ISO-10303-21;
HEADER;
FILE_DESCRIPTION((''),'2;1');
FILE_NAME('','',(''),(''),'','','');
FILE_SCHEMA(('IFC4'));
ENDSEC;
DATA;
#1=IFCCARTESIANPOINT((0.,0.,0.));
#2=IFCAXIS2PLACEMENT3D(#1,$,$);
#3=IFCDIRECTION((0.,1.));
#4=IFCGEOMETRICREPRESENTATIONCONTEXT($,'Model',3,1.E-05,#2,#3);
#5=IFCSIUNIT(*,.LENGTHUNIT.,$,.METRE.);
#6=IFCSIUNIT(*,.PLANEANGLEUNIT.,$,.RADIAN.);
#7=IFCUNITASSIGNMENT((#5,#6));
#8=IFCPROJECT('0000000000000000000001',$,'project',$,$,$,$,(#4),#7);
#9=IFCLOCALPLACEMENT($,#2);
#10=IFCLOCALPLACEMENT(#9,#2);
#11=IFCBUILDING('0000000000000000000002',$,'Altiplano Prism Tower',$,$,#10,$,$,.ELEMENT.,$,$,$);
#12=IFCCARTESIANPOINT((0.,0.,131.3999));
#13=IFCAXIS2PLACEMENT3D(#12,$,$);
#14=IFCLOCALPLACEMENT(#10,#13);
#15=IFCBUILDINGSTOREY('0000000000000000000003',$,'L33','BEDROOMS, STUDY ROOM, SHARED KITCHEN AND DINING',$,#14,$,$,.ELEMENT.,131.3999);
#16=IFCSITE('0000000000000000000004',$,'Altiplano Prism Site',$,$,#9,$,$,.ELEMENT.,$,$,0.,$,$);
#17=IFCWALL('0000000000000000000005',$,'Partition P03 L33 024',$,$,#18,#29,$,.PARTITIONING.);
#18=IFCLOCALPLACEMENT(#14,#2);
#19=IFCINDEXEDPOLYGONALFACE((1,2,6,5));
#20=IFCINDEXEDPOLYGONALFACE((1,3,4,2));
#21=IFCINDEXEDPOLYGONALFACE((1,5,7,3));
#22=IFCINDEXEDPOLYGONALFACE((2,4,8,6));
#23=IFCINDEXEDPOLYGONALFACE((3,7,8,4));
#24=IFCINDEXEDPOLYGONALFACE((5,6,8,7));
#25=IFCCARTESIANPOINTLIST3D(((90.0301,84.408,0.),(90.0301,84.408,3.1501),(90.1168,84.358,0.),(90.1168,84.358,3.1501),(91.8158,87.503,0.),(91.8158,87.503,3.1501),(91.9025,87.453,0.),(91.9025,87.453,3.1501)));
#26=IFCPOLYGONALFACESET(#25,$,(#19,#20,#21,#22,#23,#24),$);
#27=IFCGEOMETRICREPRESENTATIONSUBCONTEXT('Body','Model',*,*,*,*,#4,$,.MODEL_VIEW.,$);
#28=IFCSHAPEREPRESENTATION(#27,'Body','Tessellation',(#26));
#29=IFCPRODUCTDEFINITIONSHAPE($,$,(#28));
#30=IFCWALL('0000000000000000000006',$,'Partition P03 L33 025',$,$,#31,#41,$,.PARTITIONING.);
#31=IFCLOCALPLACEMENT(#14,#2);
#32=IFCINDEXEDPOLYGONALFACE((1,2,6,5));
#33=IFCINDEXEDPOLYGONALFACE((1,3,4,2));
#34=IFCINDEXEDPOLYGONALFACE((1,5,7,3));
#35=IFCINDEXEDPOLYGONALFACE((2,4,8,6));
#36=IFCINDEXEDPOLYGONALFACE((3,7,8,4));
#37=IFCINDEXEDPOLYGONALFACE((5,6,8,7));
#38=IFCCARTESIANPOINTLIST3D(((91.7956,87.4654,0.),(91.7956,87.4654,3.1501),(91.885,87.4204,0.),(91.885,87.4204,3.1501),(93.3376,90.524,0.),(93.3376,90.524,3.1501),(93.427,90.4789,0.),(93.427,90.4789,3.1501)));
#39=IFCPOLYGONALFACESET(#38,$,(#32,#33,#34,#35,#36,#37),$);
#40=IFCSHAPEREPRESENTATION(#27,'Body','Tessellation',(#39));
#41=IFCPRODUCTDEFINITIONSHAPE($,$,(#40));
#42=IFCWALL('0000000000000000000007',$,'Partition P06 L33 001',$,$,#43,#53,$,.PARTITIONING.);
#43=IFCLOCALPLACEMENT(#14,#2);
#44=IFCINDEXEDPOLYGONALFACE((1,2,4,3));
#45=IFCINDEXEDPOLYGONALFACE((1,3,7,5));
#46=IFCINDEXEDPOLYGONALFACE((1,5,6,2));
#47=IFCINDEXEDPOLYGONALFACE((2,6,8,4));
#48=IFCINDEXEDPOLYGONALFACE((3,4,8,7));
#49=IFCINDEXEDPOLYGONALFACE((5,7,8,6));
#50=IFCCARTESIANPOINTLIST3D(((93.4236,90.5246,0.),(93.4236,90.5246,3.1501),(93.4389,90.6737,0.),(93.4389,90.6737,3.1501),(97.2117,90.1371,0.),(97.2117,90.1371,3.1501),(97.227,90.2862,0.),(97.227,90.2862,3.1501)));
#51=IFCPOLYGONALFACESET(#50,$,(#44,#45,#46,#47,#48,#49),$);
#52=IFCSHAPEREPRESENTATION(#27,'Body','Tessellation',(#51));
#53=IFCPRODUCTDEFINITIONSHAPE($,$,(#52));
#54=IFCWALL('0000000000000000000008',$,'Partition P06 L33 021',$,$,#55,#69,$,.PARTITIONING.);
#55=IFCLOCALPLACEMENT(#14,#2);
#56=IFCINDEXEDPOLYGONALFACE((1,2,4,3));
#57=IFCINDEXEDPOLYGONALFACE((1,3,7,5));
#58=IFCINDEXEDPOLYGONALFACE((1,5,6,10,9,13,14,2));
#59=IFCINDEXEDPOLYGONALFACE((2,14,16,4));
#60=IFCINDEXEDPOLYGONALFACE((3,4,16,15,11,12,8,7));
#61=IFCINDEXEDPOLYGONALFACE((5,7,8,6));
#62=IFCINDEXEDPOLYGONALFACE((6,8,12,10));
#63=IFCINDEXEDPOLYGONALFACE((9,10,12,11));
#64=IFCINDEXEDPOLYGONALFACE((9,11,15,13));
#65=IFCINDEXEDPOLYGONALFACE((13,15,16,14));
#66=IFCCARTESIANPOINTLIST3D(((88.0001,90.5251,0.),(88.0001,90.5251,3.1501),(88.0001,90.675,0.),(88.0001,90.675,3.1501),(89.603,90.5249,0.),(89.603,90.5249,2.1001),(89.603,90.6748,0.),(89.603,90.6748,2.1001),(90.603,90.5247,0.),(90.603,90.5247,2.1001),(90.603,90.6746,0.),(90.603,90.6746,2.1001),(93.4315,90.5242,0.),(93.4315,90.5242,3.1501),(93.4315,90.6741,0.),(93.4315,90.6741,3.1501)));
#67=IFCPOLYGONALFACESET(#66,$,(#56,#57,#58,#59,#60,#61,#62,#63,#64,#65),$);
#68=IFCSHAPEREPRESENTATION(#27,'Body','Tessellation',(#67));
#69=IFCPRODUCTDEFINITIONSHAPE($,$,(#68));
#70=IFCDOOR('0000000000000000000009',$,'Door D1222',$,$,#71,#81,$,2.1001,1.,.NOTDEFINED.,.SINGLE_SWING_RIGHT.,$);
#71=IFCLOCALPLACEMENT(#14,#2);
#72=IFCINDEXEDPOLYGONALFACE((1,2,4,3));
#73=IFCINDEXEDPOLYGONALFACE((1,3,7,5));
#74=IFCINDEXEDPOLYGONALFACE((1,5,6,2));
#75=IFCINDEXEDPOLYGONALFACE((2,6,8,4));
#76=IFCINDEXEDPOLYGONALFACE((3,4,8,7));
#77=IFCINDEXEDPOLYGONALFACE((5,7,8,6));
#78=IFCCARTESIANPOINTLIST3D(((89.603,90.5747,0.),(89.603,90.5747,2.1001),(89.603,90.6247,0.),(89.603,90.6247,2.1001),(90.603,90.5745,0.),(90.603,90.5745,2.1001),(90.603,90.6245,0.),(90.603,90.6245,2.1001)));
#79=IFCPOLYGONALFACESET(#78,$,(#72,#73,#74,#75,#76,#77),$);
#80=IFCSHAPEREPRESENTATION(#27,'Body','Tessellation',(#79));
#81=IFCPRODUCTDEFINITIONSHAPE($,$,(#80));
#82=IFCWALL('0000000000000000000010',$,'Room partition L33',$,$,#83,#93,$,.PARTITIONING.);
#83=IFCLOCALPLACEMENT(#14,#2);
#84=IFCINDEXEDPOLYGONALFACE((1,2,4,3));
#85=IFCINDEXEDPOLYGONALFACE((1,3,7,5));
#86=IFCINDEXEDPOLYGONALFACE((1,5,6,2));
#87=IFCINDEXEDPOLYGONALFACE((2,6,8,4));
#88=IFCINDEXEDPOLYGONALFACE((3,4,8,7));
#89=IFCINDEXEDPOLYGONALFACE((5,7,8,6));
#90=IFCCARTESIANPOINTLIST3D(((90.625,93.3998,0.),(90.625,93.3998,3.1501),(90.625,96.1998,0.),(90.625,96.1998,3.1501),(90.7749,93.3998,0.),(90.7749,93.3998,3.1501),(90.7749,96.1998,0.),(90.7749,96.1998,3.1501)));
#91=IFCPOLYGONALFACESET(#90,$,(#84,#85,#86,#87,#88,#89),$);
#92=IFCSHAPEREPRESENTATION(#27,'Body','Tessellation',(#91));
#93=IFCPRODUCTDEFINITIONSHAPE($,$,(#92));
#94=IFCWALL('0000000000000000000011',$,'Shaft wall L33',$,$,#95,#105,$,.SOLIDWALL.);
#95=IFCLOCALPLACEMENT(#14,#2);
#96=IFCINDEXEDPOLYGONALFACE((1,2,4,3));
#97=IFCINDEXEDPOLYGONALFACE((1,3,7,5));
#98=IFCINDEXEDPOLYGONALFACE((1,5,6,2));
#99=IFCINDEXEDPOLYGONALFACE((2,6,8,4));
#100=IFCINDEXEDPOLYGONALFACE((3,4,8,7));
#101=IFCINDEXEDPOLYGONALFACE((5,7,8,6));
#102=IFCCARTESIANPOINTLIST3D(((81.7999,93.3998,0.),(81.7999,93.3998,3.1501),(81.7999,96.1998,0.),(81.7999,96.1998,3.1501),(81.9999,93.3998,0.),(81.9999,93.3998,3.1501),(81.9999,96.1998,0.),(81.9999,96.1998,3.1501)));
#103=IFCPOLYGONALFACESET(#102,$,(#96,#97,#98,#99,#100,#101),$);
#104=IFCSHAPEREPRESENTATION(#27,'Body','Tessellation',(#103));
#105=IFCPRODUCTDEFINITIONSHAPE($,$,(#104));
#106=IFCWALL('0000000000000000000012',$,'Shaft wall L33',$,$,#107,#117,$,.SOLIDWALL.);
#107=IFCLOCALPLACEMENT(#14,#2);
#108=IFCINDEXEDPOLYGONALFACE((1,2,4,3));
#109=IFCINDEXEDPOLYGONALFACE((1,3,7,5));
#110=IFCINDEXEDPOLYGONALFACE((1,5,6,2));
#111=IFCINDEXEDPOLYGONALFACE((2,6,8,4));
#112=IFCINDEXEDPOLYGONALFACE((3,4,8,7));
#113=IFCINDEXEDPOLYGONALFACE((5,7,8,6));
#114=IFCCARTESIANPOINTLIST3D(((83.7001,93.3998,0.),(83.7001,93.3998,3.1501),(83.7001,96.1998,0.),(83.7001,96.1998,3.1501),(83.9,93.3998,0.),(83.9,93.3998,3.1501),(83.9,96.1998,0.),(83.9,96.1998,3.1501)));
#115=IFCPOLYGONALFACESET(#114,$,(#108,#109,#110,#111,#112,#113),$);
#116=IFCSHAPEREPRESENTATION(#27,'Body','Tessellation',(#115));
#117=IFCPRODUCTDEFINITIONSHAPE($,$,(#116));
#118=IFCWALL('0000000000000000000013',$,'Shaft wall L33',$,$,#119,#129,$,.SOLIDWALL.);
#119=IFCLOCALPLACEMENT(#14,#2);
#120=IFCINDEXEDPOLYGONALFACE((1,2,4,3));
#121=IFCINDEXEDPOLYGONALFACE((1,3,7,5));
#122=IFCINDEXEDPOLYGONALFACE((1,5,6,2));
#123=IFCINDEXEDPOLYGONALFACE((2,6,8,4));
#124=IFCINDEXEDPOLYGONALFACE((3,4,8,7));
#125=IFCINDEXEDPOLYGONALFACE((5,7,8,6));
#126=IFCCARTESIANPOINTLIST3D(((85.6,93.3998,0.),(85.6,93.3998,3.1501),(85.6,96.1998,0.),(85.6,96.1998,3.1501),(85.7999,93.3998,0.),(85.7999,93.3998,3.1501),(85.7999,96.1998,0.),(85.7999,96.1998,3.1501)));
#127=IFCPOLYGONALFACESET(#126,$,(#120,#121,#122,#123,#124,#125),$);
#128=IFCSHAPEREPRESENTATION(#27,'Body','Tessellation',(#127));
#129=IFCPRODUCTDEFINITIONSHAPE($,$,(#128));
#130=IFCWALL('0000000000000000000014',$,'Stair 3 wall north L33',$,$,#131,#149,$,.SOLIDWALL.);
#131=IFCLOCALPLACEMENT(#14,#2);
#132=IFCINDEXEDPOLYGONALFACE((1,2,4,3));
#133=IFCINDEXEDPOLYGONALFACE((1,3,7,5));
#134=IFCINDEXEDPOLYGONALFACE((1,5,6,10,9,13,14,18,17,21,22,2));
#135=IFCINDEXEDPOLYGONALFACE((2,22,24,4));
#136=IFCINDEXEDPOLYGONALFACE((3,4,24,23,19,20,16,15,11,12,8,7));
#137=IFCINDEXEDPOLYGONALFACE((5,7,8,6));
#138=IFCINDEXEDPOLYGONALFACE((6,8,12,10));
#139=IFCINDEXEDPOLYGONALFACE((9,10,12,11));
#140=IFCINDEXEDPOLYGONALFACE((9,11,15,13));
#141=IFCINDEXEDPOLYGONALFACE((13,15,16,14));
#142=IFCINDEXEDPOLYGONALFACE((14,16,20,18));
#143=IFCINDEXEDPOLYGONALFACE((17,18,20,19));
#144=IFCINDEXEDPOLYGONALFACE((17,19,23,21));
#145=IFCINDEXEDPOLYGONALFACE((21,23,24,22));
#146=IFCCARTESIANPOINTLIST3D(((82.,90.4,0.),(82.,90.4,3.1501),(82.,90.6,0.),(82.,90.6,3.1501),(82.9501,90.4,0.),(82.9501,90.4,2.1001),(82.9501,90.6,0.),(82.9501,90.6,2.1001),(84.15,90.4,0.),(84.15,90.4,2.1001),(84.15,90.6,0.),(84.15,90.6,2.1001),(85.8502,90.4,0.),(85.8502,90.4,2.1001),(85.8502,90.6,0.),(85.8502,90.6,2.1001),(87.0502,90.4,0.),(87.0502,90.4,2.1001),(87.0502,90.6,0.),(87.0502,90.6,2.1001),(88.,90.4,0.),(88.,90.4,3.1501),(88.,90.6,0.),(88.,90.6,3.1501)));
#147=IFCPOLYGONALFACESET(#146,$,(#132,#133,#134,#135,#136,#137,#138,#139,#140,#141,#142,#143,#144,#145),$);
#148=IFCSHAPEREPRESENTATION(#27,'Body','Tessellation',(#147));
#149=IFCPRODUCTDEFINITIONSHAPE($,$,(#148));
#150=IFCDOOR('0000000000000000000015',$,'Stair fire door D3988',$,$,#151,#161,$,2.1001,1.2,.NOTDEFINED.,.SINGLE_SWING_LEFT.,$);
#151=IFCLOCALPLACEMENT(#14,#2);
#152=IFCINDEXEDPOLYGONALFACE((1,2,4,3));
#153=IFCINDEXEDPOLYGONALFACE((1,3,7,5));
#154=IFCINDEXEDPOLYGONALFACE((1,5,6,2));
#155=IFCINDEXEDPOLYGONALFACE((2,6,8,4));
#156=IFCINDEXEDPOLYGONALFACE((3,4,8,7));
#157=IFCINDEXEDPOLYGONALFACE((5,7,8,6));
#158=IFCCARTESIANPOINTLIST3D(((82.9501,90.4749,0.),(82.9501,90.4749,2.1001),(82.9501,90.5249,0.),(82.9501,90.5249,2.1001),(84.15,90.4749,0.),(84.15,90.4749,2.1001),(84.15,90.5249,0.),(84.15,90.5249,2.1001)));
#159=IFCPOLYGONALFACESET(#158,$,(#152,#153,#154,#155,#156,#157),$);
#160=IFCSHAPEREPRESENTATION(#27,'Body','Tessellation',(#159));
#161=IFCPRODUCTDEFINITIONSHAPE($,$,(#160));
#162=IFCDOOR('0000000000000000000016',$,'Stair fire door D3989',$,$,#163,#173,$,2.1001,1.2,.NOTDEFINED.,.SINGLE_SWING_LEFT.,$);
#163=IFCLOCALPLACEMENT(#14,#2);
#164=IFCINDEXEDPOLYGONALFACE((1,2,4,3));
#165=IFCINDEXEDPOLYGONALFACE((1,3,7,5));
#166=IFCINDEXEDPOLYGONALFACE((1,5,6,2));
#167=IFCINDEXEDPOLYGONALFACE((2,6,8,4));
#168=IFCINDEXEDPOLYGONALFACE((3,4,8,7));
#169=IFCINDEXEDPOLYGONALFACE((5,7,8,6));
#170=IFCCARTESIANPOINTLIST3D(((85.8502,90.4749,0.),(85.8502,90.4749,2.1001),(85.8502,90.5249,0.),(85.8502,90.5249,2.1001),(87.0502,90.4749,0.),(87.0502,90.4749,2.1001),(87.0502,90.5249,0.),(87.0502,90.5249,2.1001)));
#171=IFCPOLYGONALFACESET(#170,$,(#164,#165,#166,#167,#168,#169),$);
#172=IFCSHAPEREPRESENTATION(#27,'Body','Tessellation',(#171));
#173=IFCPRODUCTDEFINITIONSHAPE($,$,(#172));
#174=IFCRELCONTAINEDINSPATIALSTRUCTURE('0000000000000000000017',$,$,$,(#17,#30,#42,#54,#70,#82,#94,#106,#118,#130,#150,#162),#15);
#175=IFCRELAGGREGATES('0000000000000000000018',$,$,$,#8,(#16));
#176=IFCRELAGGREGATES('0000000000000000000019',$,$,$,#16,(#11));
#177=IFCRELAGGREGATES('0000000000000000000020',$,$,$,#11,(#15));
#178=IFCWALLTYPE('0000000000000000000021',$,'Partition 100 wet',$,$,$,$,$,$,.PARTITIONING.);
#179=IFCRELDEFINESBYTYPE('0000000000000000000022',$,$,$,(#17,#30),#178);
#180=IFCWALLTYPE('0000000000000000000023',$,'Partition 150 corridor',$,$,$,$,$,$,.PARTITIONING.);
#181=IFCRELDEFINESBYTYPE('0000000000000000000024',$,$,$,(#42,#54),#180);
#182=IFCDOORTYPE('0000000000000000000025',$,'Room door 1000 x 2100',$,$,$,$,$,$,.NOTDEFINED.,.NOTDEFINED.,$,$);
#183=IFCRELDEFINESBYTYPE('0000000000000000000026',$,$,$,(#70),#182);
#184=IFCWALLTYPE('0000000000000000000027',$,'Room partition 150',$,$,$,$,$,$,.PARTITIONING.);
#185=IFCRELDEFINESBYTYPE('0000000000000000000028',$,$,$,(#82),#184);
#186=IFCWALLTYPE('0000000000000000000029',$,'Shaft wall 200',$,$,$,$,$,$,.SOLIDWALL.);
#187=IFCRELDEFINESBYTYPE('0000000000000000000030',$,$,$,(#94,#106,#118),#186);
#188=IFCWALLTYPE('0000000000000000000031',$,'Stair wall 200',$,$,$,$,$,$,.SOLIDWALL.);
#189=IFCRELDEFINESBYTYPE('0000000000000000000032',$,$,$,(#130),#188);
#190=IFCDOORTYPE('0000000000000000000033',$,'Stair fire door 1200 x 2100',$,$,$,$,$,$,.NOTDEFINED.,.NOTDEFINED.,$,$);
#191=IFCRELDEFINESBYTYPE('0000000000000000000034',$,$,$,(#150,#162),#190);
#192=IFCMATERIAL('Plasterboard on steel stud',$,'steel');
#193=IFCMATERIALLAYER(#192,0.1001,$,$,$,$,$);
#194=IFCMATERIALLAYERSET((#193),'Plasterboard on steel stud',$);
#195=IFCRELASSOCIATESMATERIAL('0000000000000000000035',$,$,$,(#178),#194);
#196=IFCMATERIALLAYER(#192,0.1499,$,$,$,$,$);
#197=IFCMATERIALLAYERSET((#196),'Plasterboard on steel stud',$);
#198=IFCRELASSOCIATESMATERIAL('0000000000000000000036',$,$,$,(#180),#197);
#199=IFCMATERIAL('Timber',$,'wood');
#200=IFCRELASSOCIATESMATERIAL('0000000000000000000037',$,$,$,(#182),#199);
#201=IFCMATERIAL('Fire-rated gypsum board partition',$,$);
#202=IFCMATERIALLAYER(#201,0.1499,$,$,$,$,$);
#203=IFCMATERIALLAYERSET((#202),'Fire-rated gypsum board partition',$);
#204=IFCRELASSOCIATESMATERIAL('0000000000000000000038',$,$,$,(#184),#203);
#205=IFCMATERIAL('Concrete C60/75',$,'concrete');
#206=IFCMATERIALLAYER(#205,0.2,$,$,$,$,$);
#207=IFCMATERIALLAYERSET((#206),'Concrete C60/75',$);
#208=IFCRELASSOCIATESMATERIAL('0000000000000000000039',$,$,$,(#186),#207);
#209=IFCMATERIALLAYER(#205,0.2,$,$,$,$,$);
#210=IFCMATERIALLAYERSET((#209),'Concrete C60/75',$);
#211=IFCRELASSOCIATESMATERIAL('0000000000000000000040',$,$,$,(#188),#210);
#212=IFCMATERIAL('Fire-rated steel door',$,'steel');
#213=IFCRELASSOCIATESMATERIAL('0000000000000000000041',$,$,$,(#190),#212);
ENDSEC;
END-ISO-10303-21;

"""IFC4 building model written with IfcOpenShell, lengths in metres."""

from ifc_helpers import new_model, si_unit, direction, frame, frame_2d, origin, place, context, subcontext, project, spatial, rectangle, extrude, material, layer, layer_set, type_object, element, fill, save


model = new_model("IFC4")

# Units and contexts
model_context = context("Model", 3, precision=1e-05, world=origin(), true_north=direction((0.0, 1.0)))
body_context = subcontext(model_context, "Body", "Model", "MODEL_VIEW")
ifc_project = project(units=[si_unit("LENGTHUNIT", "METRE"), si_unit("PLANEANGLEUNIT", "RADIAN")], contexts=[model_context])

# Site, building, storey
site_placement = place(None, origin())
site = spatial("IfcSite", under=ifc_project, at=site_placement, Name="Altiplano Prism Site", CompositionType="ELEMENT", RefElevation=0.0)
building_placement = place(site_placement, origin())
building = spatial("IfcBuilding", under=site, at=building_placement, Name="Altiplano Prism Tower", CompositionType="ELEMENT")
storey_placement = place(building_placement, frame((0.0, 0.0, 131.3999)))
storey = spatial("IfcBuildingStorey", under=building, at=storey_placement, Name="L33", Description="BEDROOMS, STUDY ROOM, SHARED KITCHEN AND DINING", CompositionType="ELEMENT", Elevation=131.3999)

# Walls
ifc_material_1 = material(Name="Plasterboard on steel stud", Category="steel")
ifc_layer_1 = layer(ifc_material_1, 0.1001)
ifc_layer_set_1 = layer_set([ifc_layer_1], Name="Plasterboard on steel stud")
wall_type_1 = type_object("IfcWallType", Name="Partition 100 wet", PredefinedType="PARTITIONING", material=ifc_layer_set_1)
wall_1_placement = place(storey_placement, frame((91.8591, 87.478, 0.0), z_axis=(0.0, 0.0, 1.0), x_axis=(-0.49974, -0.866175, 0.0)))
element("IfcWall", 1, at=wall_1_placement, inside=storey, type_object=wall_type_1, Name="Partition P03 L33 024", PredefinedType="PARTITIONING", context=body_context, shape_type="SweptSolid", body=[
    extrude(rectangle(XDim=3.5732, YDim=0.1001, at=frame_2d((1.7866, 0.0))), origin(), (0.0, 0.0, 1.0), 3.1501),
])
wall_2_placement = place(storey_placement, frame((93.3823, 90.5015, 0.0), z_axis=(0.0, 0.0, 1.0), x_axis=(-0.450176, -0.89294, 0.0)))
element("IfcWall", 2, at=wall_2_placement, inside=storey, type_object=wall_type_1, Name="Partition P03 L33 025", PredefinedType="PARTITIONING", context=body_context, shape_type="SweptSolid", body=[
    extrude(rectangle(XDim=3.4253, YDim=0.1001, at=frame_2d((1.7126, 0.0))), origin(), (0.0, 0.0, 1.0), 3.1501),
])
ifc_layer_2 = layer(ifc_material_1, 0.1499)
ifc_layer_set_2 = layer_set([ifc_layer_2], Name="Plasterboard on steel stud")
wall_type_2 = type_object("IfcWallType", Name="Partition 150 corridor", PredefinedType="PARTITIONING", material=ifc_layer_set_2)
wall_3_placement = place(storey_placement, frame((93.4314, 90.5991, 0.0), z_axis=(0.0, 0.0, 1.0), x_axis=(0.99481, -0.101751, 0.0)))
element("IfcWall", 3, at=wall_3_placement, inside=storey, type_object=wall_type_2, Name="Partition P06 L33 001", PredefinedType="PARTITIONING", context=body_context, shape_type="SweptSolid", body=[
    extrude(rectangle(XDim=3.8079, YDim=0.1499, at=frame_2d((1.9038, 0.0))), origin(), (0.0, 0.0, 1.0), 3.1501),
])

# Wall, opening, door
wall_4_placement = place(storey_placement, frame((88.0, 90.6001, 0.0), z_axis=(0.0, 0.0, 1.0), x_axis=(1.0, -0.00018, 0.0)))
wall_4 = element("IfcWall", 4, at=wall_4_placement, inside=storey, type_object=wall_type_2, Name="Partition P06 L33 021", PredefinedType="PARTITIONING", context=body_context, shape_type="SweptSolid", body=[
    extrude(rectangle(XDim=5.4314, YDim=0.1499, at=frame_2d((2.7158, 0.0))), origin(), (0.0, 0.0, 1.0), 3.1501),
])
opening_1_placement = place(wall_4_placement, frame((1.603, 0.0, 0.0)))
opening_1 = element("IfcOpeningElement", 5, at=opening_1_placement, cuts=wall_4, PredefinedType="OPENING", context=body_context, shape_type="SweptSolid", body=[
    extrude(rectangle(XDim=1.0, YDim=2.1001, at=frame_2d((0.5, 1.05))), frame((0.0, 0.0854, 0.0), z_axis=(0.0, -1.0, 0.0), x_axis=(1.0, 0.0, 0.0)), (0.0, 0.0, 1.0), 0.1709),
])
ifc_material_2 = material(Name="Timber", Category="wood")
door_type_1 = type_object("IfcDoorType", Name="Room door 1000 x 2100", OperationType="NOTDEFINED", PredefinedType="NOTDEFINED", material=ifc_material_2)
door_1_placement = place(opening_1_placement, origin())
door_1 = element("IfcDoor", 6, at=door_1_placement, inside=storey, type_object=door_type_1, Name="Door D1222", OperationType="SINGLE_SWING_RIGHT", OverallHeight=2.1001, OverallWidth=1.0, PredefinedType="NOTDEFINED", context=body_context, shape_type="SweptSolid", body=[
    extrude(rectangle(XDim=1.0, YDim=2.1001, at=frame_2d((0.5, 1.05))), frame((0.0, 0.0249, 0.0), z_axis=(0.0, -1.0, 0.0), x_axis=(1.0, 0.0, 0.0)), (0.0, 0.0, 1.0), 0.05),
])
fill(opening_1, door_1)

# Walls
ifc_material_3 = material(Name="Fire-rated gypsum board partition")
ifc_layer_3 = layer(ifc_material_3, 0.1499)
ifc_layer_set_3 = layer_set([ifc_layer_3], Name="Fire-rated gypsum board partition")
wall_type_3 = type_object("IfcWallType", Name="Room partition 150", PredefinedType="PARTITIONING", material=ifc_layer_set_3)
wall_5_placement = place(storey_placement, frame((90.7, 93.3999, 0.0), z_axis=(0.0, 0.0, 1.0), x_axis=(0.0, 1.0, 0.0)))
element("IfcWall", 7, at=wall_5_placement, inside=storey, type_object=wall_type_3, Name="Room partition L33", PredefinedType="PARTITIONING", context=body_context, shape_type="SweptSolid", body=[
    extrude(rectangle(XDim=2.8, YDim=0.1499, at=frame_2d((1.3999, 0.0))), origin(), (0.0, 0.0, 1.0), 3.1501),
])
ifc_material_4 = material(Name="Concrete C60/75", Category="concrete")
ifc_layer_4 = layer(ifc_material_4, 0.2)
ifc_layer_set_4 = layer_set([ifc_layer_4], Name="Concrete C60/75")
wall_type_4 = type_object("IfcWallType", Name="Shaft wall 200", PredefinedType="SOLIDWALL", material=ifc_layer_set_4)
for number, where, z_axis, x_axis, name in (
    (8, (81.8999, 93.3999, 0.0), (0.0, 0.0, 1.0), (0.0, 1.0, 0.0), "Shaft wall L33"),
    (9, (83.8, 93.3999, 0.0), (0.0, 0.0, 1.0), (0.0, 1.0, 0.0), "Shaft wall L33"),
    (10, (85.7, 93.3999, 0.0), (0.0, 0.0, 1.0), (0.0, 1.0, 0.0), "Shaft wall L33"),
):
    element("IfcWall", number, at=place(storey_placement, frame(where, z_axis=z_axis, x_axis=x_axis)), inside=storey, type_object=wall_type_4, Name=name, PredefinedType="SOLIDWALL", context=body_context, shape_type="SweptSolid", body=[
        extrude(rectangle(XDim=2.8, YDim=0.2, at=frame_2d((1.3999, 0.0))), origin(), (0.0, 0.0, 1.0), 3.1501),
    ])

# Wall, openings, doors
ifc_layer_5 = layer(ifc_material_4, 0.2)
ifc_layer_set_5 = layer_set([ifc_layer_5], Name="Concrete C60/75")
wall_type_5 = type_object("IfcWallType", Name="Stair wall 200", PredefinedType="SOLIDWALL", material=ifc_layer_set_5)
wall_6_placement = place(storey_placement, frame((82.0, 90.5, 0.0), z_axis=(0.0, 0.0, 1.0), x_axis=(1.0, 0.0, 0.0)))
wall_6 = element("IfcWall", 11, at=wall_6_placement, inside=storey, type_object=wall_type_5, Name="Stair 3 wall north L33", PredefinedType="SOLIDWALL", context=body_context, shape_type="SweptSolid", body=[
    extrude(rectangle(XDim=6.0, YDim=0.2, at=frame_2d((3.0, 0.0))), origin(), (0.0, 0.0, 1.0), 3.1501),
])
opening_2_placement = place(wall_6_placement, frame((0.95, 0.0, 0.0)))
opening_2 = element("IfcOpeningElement", 12, at=opening_2_placement, cuts=wall_6, PredefinedType="OPENING", context=body_context, shape_type="SweptSolid", body=[
    extrude(rectangle(XDim=1.2, YDim=2.1001, at=frame_2d((0.6001, 1.05))), frame((0.0, 0.1104, 0.0), z_axis=(0.0, -1.0, 0.0), x_axis=(1.0, 0.0, 0.0)), (0.0, 0.0, 1.0), 0.2209),
])
opening_3_placement = place(wall_6_placement, frame((3.8501, 0.0, 0.0)))
opening_3 = element("IfcOpeningElement", 13, at=opening_3_placement, cuts=wall_6, PredefinedType="OPENING", context=body_context, shape_type="SweptSolid", body=[
    extrude(rectangle(XDim=1.2, YDim=2.1001, at=frame_2d((0.6001, 1.05))), frame((0.0, 0.1104, 0.0), z_axis=(0.0, -1.0, 0.0), x_axis=(1.0, 0.0, 0.0)), (0.0, 0.0, 1.0), 0.2209),
])
ifc_material_5 = material(Name="Fire-rated steel door", Category="steel")
door_type_2 = type_object("IfcDoorType", Name="Stair fire door 1200 x 2100", OperationType="NOTDEFINED", PredefinedType="NOTDEFINED", material=ifc_material_5)
door_2_placement = place(opening_2_placement, origin())
door_2 = element("IfcDoor", 14, at=door_2_placement, inside=storey, type_object=door_type_2, Name="Stair fire door D3988", OperationType="SINGLE_SWING_LEFT", OverallHeight=2.1001, OverallWidth=1.2, PredefinedType="NOTDEFINED", context=body_context, shape_type="SweptSolid", body=[
    extrude(rectangle(XDim=1.2, YDim=2.1001, at=frame_2d((0.6001, 1.05))), frame((0.0, 0.0249, 0.0), z_axis=(0.0, -1.0, 0.0), x_axis=(1.0, 0.0, 0.0)), (0.0, 0.0, 1.0), 0.05),
])
fill(opening_2, door_2)
door_3_placement = place(opening_3_placement, origin())
door_3 = element("IfcDoor", 15, at=door_3_placement, inside=storey, type_object=door_type_2, Name="Stair fire door D3989", OperationType="SINGLE_SWING_LEFT", OverallHeight=2.1001, OverallWidth=1.2, PredefinedType="NOTDEFINED", context=body_context, shape_type="SweptSolid", body=[
    extrude(rectangle(XDim=1.2, YDim=2.1001, at=frame_2d((0.6001, 1.05))), frame((0.0, 0.0249, 0.0), z_axis=(0.0, -1.0, 0.0), x_axis=(1.0, 0.0, 0.0)), (0.0, 0.0, 1.0), 0.05),
])
fill(opening_3, door_3)

save(model, "model.ifc")
